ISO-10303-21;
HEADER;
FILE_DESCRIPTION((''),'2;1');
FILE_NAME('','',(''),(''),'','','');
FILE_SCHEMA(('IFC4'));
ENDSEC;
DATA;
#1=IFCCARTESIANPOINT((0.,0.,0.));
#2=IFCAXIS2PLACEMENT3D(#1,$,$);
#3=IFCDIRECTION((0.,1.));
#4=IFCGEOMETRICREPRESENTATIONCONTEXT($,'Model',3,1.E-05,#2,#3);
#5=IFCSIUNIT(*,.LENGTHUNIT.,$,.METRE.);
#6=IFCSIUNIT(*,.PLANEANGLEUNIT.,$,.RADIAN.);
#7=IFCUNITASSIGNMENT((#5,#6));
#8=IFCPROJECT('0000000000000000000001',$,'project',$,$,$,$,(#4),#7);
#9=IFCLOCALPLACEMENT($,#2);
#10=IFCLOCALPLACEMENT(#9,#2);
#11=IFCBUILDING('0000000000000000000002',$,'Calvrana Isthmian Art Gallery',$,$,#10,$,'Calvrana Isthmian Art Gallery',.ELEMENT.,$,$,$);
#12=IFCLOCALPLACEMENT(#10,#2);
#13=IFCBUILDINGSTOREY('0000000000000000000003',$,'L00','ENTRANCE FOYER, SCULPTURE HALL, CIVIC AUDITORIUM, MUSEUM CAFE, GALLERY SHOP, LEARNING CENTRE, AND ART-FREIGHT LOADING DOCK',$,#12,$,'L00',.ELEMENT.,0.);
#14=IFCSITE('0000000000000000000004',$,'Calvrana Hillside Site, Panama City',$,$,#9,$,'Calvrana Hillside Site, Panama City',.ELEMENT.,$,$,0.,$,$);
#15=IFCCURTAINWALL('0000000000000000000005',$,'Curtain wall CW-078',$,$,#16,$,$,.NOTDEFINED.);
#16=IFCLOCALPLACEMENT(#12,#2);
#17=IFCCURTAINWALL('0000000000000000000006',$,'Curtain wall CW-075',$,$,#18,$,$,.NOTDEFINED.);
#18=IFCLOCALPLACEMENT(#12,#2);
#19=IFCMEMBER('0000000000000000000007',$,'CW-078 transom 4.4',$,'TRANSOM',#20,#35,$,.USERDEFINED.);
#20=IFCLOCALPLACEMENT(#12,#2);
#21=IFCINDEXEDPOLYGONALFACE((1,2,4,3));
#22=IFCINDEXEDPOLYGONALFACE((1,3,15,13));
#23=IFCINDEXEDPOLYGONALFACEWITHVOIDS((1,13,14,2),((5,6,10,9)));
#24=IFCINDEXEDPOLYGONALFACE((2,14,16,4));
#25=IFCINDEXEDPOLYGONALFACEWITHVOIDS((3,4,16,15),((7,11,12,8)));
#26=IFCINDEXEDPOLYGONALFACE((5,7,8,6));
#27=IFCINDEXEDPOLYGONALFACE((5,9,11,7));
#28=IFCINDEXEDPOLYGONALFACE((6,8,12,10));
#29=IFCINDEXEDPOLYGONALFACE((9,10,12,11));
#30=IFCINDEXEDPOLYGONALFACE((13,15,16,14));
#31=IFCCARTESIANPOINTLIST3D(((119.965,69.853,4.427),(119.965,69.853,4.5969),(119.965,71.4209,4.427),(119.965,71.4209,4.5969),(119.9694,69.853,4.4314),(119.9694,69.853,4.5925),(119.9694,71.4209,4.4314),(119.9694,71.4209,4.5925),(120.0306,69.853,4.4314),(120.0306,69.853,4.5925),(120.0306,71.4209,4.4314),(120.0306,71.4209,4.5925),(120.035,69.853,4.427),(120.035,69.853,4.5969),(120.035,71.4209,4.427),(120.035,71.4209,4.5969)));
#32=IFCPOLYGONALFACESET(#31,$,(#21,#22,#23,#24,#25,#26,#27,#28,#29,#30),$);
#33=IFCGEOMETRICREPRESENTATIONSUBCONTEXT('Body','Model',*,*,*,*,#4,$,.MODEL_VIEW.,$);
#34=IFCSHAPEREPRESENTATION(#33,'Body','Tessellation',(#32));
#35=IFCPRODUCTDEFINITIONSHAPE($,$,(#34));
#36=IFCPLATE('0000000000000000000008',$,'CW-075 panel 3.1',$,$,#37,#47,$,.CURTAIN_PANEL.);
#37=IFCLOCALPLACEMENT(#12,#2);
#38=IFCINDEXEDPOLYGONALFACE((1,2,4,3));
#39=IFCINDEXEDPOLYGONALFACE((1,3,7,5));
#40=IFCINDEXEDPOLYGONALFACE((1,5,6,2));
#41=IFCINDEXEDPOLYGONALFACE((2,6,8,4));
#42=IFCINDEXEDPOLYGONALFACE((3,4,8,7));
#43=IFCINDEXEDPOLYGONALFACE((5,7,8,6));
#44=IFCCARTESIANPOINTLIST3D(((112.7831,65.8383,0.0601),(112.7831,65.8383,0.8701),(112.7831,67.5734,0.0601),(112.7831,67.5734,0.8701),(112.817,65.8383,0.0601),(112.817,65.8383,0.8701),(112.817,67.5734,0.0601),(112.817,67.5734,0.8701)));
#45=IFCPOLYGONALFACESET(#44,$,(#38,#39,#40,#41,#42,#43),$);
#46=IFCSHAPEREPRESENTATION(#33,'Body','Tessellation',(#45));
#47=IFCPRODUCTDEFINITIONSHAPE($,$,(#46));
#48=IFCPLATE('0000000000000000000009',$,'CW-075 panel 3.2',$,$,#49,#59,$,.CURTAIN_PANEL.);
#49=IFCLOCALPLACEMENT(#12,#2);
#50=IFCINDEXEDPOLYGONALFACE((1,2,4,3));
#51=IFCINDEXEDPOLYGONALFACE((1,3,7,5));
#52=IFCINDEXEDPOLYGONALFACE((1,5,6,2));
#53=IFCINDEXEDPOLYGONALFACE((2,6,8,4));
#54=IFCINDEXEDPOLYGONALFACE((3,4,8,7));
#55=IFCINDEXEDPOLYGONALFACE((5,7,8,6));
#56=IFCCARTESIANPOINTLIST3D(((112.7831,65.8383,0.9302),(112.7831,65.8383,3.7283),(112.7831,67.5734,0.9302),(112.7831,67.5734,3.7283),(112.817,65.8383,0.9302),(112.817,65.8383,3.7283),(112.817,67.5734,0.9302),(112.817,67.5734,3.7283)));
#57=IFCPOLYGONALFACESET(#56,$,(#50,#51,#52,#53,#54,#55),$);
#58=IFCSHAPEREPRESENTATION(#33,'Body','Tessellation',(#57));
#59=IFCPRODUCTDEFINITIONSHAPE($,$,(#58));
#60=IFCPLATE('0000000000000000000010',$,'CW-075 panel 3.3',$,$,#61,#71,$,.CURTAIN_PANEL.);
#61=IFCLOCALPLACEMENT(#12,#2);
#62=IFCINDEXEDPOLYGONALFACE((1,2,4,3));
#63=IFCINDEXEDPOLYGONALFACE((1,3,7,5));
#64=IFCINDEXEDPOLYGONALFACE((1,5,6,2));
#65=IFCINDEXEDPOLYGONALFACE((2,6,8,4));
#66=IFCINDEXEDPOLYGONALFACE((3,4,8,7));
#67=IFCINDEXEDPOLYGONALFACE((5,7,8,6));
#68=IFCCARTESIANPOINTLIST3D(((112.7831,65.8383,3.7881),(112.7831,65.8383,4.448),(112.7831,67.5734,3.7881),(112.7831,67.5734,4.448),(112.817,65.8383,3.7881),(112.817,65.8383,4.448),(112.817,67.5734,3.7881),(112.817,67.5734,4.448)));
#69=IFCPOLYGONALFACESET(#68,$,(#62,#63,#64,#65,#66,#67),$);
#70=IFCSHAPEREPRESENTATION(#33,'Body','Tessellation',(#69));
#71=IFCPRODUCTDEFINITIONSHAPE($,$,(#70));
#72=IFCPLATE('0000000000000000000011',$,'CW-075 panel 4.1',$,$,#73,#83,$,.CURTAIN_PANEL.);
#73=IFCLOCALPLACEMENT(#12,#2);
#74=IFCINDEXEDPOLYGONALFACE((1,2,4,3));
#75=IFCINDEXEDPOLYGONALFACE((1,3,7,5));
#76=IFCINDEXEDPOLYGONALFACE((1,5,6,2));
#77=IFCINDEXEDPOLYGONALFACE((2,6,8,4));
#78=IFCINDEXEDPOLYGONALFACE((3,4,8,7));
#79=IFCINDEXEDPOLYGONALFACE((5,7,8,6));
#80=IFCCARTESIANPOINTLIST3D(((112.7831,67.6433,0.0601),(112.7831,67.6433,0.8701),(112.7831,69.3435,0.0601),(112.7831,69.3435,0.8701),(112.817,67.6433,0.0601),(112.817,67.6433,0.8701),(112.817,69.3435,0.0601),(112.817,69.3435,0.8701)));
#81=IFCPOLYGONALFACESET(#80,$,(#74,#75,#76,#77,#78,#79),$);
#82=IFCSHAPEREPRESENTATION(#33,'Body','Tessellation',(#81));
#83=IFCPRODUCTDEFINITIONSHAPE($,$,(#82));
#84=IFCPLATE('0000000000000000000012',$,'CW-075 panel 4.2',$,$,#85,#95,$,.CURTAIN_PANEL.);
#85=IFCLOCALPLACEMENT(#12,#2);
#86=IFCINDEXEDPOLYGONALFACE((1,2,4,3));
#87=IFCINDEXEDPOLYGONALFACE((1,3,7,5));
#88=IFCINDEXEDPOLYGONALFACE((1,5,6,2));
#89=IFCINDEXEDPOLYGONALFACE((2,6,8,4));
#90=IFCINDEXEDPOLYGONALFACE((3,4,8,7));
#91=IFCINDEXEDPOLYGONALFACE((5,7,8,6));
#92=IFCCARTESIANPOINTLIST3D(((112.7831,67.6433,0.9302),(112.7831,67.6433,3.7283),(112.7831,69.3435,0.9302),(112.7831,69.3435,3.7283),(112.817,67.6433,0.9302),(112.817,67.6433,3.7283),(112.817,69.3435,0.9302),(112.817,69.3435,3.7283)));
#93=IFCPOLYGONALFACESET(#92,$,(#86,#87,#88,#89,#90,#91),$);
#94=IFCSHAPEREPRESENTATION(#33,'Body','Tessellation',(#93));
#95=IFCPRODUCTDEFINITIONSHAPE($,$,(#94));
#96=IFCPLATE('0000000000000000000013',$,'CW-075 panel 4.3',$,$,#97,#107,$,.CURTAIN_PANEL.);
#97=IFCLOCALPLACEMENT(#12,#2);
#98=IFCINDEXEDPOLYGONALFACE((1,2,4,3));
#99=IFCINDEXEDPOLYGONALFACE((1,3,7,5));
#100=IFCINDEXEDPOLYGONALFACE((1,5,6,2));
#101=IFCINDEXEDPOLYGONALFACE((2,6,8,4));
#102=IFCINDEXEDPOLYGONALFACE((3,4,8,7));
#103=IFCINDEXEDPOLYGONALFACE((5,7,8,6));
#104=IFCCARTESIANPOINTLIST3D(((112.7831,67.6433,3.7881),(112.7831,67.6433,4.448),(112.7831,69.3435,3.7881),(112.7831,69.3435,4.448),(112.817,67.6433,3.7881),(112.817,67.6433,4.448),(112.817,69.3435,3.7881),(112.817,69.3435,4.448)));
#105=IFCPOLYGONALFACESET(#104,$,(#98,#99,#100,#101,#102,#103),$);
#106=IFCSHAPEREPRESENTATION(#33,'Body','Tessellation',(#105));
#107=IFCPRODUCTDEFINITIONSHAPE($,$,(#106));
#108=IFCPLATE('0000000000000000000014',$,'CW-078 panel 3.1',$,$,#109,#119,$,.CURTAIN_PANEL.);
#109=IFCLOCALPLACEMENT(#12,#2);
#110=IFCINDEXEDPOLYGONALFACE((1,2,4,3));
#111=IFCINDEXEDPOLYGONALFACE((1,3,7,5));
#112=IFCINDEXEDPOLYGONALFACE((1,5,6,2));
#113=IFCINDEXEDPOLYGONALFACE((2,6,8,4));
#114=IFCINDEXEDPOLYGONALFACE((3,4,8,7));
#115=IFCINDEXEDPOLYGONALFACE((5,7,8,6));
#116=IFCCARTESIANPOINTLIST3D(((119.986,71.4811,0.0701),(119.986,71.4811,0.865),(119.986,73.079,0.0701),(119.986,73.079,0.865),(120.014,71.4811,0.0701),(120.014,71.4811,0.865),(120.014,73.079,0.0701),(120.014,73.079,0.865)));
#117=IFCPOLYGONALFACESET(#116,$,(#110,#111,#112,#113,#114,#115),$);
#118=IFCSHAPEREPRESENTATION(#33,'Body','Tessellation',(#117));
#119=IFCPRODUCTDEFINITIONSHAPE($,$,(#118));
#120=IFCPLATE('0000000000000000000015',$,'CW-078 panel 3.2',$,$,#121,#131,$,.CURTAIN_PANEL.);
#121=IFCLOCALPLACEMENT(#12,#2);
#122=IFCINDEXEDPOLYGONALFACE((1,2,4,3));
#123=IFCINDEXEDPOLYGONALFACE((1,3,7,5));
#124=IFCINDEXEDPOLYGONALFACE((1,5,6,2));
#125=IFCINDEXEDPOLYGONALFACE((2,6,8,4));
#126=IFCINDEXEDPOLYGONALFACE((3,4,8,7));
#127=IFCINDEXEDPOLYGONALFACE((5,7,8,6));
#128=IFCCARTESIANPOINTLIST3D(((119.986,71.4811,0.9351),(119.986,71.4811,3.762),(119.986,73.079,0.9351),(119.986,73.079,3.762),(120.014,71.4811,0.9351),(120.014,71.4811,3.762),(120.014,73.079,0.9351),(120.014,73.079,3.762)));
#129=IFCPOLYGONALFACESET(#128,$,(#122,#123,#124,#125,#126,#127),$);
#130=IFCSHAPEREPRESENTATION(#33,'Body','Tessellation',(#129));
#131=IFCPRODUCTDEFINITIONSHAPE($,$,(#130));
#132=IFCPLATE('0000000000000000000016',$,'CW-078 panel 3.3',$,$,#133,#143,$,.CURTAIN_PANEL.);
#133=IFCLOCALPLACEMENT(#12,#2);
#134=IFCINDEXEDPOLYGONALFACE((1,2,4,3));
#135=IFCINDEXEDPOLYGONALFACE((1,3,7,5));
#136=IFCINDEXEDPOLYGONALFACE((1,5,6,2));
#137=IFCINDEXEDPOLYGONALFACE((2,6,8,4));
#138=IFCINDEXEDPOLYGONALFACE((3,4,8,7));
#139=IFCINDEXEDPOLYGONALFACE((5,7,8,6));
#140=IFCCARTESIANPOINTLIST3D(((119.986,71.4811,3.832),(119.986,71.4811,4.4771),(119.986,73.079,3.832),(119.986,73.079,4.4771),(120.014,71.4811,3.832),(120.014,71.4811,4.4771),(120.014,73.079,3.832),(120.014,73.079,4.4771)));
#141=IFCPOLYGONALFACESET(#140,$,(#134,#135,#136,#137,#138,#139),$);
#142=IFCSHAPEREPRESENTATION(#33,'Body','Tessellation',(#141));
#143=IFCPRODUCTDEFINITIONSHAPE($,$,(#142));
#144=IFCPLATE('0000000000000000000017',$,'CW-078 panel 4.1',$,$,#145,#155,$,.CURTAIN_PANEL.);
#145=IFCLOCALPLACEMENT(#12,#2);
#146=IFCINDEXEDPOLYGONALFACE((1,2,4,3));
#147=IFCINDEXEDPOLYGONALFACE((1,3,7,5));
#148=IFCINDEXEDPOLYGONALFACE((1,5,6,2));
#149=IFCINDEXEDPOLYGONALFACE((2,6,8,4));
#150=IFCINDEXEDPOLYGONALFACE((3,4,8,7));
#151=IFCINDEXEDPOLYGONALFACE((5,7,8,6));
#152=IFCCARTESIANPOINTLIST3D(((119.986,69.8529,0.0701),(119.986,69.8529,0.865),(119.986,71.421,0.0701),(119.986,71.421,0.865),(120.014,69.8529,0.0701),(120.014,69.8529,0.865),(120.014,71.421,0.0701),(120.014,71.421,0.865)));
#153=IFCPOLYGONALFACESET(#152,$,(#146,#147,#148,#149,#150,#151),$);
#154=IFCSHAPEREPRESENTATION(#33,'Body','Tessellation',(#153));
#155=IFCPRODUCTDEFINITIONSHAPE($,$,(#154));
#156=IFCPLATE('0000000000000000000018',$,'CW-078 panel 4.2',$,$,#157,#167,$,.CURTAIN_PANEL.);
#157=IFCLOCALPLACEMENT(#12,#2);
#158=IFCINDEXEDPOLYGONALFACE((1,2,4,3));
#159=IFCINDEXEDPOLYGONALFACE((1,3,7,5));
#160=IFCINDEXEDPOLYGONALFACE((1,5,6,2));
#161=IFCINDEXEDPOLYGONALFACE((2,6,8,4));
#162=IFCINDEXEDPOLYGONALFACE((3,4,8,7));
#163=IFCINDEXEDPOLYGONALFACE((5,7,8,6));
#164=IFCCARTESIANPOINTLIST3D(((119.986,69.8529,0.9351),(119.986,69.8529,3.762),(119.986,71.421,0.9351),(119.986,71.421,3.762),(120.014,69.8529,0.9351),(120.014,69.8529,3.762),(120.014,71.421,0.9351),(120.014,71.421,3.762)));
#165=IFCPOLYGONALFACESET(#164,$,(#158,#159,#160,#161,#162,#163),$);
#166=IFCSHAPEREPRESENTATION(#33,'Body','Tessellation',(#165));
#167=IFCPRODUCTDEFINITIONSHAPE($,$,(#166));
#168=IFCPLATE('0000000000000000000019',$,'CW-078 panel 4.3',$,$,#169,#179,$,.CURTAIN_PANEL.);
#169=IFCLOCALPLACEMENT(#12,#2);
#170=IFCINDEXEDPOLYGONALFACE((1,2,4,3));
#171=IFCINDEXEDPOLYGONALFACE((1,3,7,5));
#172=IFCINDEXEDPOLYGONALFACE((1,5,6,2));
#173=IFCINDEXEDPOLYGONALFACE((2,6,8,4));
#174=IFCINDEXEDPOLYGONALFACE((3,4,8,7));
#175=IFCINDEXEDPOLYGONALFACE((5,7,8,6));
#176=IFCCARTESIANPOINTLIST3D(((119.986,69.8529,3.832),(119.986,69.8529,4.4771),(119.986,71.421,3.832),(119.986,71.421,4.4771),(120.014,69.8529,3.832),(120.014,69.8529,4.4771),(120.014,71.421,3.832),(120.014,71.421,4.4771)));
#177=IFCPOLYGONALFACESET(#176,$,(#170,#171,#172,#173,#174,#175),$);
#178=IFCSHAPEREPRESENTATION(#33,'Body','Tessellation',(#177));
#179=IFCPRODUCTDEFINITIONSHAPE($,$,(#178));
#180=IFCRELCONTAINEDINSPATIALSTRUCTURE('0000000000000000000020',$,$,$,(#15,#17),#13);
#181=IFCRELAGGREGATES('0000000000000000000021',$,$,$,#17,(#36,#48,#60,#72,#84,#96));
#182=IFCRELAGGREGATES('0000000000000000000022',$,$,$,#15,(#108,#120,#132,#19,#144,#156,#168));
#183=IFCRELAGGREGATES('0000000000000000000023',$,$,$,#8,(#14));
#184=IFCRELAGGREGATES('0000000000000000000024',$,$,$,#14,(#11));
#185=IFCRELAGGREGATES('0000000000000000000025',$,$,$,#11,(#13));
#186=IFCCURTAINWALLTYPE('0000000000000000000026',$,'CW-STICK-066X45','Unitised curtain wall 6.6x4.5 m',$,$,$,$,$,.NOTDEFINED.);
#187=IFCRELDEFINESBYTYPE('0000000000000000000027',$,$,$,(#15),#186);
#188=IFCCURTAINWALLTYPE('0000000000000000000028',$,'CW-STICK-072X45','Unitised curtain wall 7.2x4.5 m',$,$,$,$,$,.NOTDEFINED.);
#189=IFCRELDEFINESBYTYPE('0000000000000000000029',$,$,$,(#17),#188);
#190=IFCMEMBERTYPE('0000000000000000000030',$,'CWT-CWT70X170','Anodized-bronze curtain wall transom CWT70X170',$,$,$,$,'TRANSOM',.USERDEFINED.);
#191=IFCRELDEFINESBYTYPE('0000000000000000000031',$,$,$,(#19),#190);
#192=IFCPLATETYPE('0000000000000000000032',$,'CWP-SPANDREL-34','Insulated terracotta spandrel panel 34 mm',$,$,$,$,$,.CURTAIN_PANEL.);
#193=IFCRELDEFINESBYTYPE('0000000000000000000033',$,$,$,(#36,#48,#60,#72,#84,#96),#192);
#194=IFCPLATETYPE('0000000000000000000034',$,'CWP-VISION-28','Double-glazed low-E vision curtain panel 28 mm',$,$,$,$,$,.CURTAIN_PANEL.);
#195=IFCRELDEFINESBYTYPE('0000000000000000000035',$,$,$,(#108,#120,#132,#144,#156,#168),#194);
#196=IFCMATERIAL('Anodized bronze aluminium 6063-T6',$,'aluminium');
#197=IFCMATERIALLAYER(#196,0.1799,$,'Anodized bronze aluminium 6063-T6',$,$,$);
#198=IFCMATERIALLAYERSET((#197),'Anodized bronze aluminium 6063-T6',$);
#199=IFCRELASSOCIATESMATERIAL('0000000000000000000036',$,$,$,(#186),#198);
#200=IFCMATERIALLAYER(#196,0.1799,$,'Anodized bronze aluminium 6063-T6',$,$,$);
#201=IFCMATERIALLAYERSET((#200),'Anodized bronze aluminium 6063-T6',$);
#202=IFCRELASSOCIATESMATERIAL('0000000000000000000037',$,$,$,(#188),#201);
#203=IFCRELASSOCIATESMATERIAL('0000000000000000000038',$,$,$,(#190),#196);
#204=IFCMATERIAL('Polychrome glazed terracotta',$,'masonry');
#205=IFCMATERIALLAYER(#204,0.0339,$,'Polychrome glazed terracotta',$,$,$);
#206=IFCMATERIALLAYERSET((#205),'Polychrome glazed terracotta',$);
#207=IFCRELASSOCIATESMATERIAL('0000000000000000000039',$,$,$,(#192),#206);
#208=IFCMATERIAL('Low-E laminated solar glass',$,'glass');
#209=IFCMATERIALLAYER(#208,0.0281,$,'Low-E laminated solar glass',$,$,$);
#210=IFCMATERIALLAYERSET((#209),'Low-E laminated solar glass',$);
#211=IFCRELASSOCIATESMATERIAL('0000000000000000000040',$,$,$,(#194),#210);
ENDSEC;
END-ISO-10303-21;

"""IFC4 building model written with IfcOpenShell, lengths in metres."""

from ifc_helpers import new_model, si_unit, direction, frame, origin, origin_2d, place, context, subcontext, project, spatial, rectangle, hollow_rectangle, extrude, material, layer, layer_set, material_profile, profile_set, type_object, element, aggregate, save


model = new_model("IFC4")

# Units and contexts
model_context = context("Model", 3, precision=1e-05, world=origin(), true_north=direction((0.0, 1.0)))
body_context = subcontext(model_context, "Body", "Model", "MODEL_VIEW")
ifc_project = project(units=[si_unit("LENGTHUNIT", "METRE"), si_unit("PLANEANGLEUNIT", "RADIAN")], contexts=[model_context])

# Site, building, storey
site_placement = place(None, origin())
site = spatial("IfcSite", under=ifc_project, at=site_placement, Name="Calvrana Hillside Site, Panama City", LongName="Calvrana Hillside Site, Panama City", CompositionType="ELEMENT", RefElevation=0.0)
building_placement = place(site_placement, origin())
building = spatial("IfcBuilding", under=site, at=building_placement, Name="Calvrana Isthmian Art Gallery", LongName="Calvrana Isthmian Art Gallery", CompositionType="ELEMENT")
storey_placement = place(building_placement, origin())
storey = spatial("IfcBuildingStorey", under=building, at=storey_placement, Name="L00", Description="ENTRANCE FOYER, SCULPTURE HALL, CIVIC AUDITORIUM, MUSEUM CAFE, GALLERY SHOP, LEARNING CENTRE, AND ART-FREIGHT LOADING DOCK", LongName="L00", CompositionType="ELEMENT", Elevation=0.0)

# Curtain walls
ifc_material_1 = material(Name="Anodized bronze aluminium 6063-T6", Category="aluminium")
ifc_layer_1 = layer(ifc_material_1, 0.1799, Name="Anodized bronze aluminium 6063-T6")
ifc_layer_set_1 = layer_set([ifc_layer_1], Name="Anodized bronze aluminium 6063-T6")
curtain_wall_type_1 = type_object("IfcCurtainWallType", Name="CW-STICK-066X45", Description="Unitised curtain wall 6.6x4.5 m", PredefinedType="NOTDEFINED", material=ifc_layer_set_1)
curtain_wall_1_placement = place(storey_placement, origin())
curtain_wall_1 = element("IfcCurtainWall", 1, at=curtain_wall_1_placement, inside=storey, type_object=curtain_wall_type_1, Name="Curtain wall CW-078", PredefinedType="NOTDEFINED")
ifc_layer_2 = layer(ifc_material_1, 0.1799, Name="Anodized bronze aluminium 6063-T6")
ifc_layer_set_2 = layer_set([ifc_layer_2], Name="Anodized bronze aluminium 6063-T6")
curtain_wall_type_2 = type_object("IfcCurtainWallType", Name="CW-STICK-072X45", Description="Unitised curtain wall 7.2x4.5 m", PredefinedType="NOTDEFINED", material=ifc_layer_set_2)
curtain_wall_2_placement = place(storey_placement, origin())
curtain_wall_2 = element("IfcCurtainWall", 2, at=curtain_wall_2_placement, inside=storey, type_object=curtain_wall_type_2, Name="Curtain wall CW-075", PredefinedType="NOTDEFINED")

# Member
ifc_material_profile_1 = material_profile(ifc_material_1, hollow_rectangle(XDim=0.0701, YDim=0.1699, WallThickness=0.0044, at=origin_2d()), Name="CWT70X170")
ifc_profile_set_1 = profile_set([ifc_material_profile_1], Name="Anodized bronze aluminium 6063-T6")
member_type_1 = type_object("IfcMemberType", Name="CWT-CWT70X170", Description="Anodized-bronze curtain wall transom CWT70X170", ElementType="TRANSOM", PredefinedType="USERDEFINED", material=ifc_profile_set_1)
member_1_placement = place(storey_placement, frame((120.0, 71.4209, 4.512), z_axis=(0.0, -1.0, 0.0), x_axis=(1.0, 0.0, 0.0)))
member_1 = element("IfcMember", 3, at=member_1_placement, type_object=member_type_1, Name="CW-078 transom 4.4", ObjectType="TRANSOM", PredefinedType="USERDEFINED", context=body_context, shape_type="SweptSolid", body=[
    extrude(hollow_rectangle(XDim=0.0701, YDim=0.1699, WallThickness=0.0044, at=origin_2d()), origin(), (0.0, 0.0, 1.0), 1.5679),
])

# Plates
ifc_material_2 = material(Name="Polychrome glazed terracotta", Category="masonry")
ifc_layer_3 = layer(ifc_material_2, 0.0339, Name="Polychrome glazed terracotta")
ifc_layer_set_3 = layer_set([ifc_layer_3], Name="Polychrome glazed terracotta")
plate_type_1 = type_object("IfcPlateType", Name="CWP-SPANDREL-34", Description="Insulated terracotta spandrel panel 34 mm", PredefinedType="CURTAIN_PANEL", material=ifc_layer_set_3)
plate_1_placement = place(storey_placement, frame((112.8, 66.7058, 0.0601), z_axis=(0.0, 0.0, 1.0), x_axis=(0.0, 1.0, 0.0)))
plate_1 = element("IfcPlate", 4, at=plate_1_placement, type_object=plate_type_1, Name="CW-075 panel 3.1", PredefinedType="CURTAIN_PANEL", context=body_context, shape_type="SweptSolid", body=[
    extrude(rectangle(XDim=1.7351, YDim=0.0339, at=origin_2d()), origin(), (0.0, 0.0, 1.0), 0.8101),
])
plate_2_placement = place(storey_placement, frame((112.8, 66.7058, 0.9302), z_axis=(0.0, 0.0, 1.0), x_axis=(0.0, 1.0, 0.0)))
plate_2 = element("IfcPlate", 5, at=plate_2_placement, type_object=plate_type_1, Name="CW-075 panel 3.2", PredefinedType="CURTAIN_PANEL", context=body_context, shape_type="SweptSolid", body=[
    extrude(rectangle(XDim=1.7351, YDim=0.0339, at=origin_2d()), origin(), (0.0, 0.0, 1.0), 2.7981),
])
plate_3_placement = place(storey_placement, frame((112.8, 66.7058, 3.7881), z_axis=(0.0, 0.0, 1.0), x_axis=(0.0, 1.0, 0.0)))
plate_3 = element("IfcPlate", 6, at=plate_3_placement, type_object=plate_type_1, Name="CW-075 panel 3.3", PredefinedType="CURTAIN_PANEL", context=body_context, shape_type="SweptSolid", body=[
    extrude(rectangle(XDim=1.7351, YDim=0.0339, at=origin_2d()), origin(), (0.0, 0.0, 1.0), 0.6599),
])
plate_4_placement = place(storey_placement, frame((112.8, 68.4934, 0.0601), z_axis=(0.0, 0.0, 1.0), x_axis=(0.0, 1.0, 0.0)))
plate_4 = element("IfcPlate", 7, at=plate_4_placement, type_object=plate_type_1, Name="CW-075 panel 4.1", PredefinedType="CURTAIN_PANEL", context=body_context, shape_type="SweptSolid", body=[
    extrude(rectangle(XDim=1.7002, YDim=0.0339, at=origin_2d()), origin(), (0.0, 0.0, 1.0), 0.8101),
])
plate_5_placement = place(storey_placement, frame((112.8, 68.4934, 0.9302), z_axis=(0.0, 0.0, 1.0), x_axis=(0.0, 1.0, 0.0)))
plate_5 = element("IfcPlate", 8, at=plate_5_placement, type_object=plate_type_1, Name="CW-075 panel 4.2", PredefinedType="CURTAIN_PANEL", context=body_context, shape_type="SweptSolid", body=[
    extrude(rectangle(XDim=1.7002, YDim=0.0339, at=origin_2d()), origin(), (0.0, 0.0, 1.0), 2.7981),
])
plate_6_placement = place(storey_placement, frame((112.8, 68.4934, 3.7881), z_axis=(0.0, 0.0, 1.0), x_axis=(0.0, 1.0, 0.0)))
plate_6 = element("IfcPlate", 9, at=plate_6_placement, type_object=plate_type_1, Name="CW-075 panel 4.3", PredefinedType="CURTAIN_PANEL", context=body_context, shape_type="SweptSolid", body=[
    extrude(rectangle(XDim=1.7002, YDim=0.0339, at=origin_2d()), origin(), (0.0, 0.0, 1.0), 0.6599),
])
aggregate(curtain_wall_2, [plate_1, plate_2, plate_3, plate_4, plate_5, plate_6])
ifc_material_3 = material(Name="Low-E laminated solar glass", Category="glass")
ifc_layer_4 = layer(ifc_material_3, 0.0281, Name="Low-E laminated solar glass")
ifc_layer_set_4 = layer_set([ifc_layer_4], Name="Low-E laminated solar glass")
plate_type_2 = type_object("IfcPlateType", Name="CWP-VISION-28", Description="Double-glazed low-E vision curtain panel 28 mm", PredefinedType="CURTAIN_PANEL", material=ifc_layer_set_4)
plate_7_placement = place(storey_placement, frame((120.0, 72.28, 0.0701), z_axis=(0.0, 0.0, 1.0), x_axis=(0.0, -1.0, 0.0)))
plate_7 = element("IfcPlate", 10, at=plate_7_placement, type_object=plate_type_2, Name="CW-078 panel 3.1", PredefinedType="CURTAIN_PANEL", context=body_context, shape_type="SweptSolid", body=[
    extrude(rectangle(XDim=1.5979, YDim=0.0281, at=origin_2d()), origin(), (0.0, 0.0, 1.0), 0.7949),
])
plate_8_placement = place(storey_placement, frame((120.0, 72.28, 0.9351), z_axis=(0.0, 0.0, 1.0), x_axis=(0.0, -1.0, 0.0)))
plate_8 = element("IfcPlate", 11, at=plate_8_placement, type_object=plate_type_2, Name="CW-078 panel 3.2", PredefinedType="CURTAIN_PANEL", context=body_context, shape_type="SweptSolid", body=[
    extrude(rectangle(XDim=1.5979, YDim=0.0281, at=origin_2d()), origin(), (0.0, 0.0, 1.0), 2.8269),
])
plate_9_placement = place(storey_placement, frame((120.0, 72.28, 3.832), z_axis=(0.0, 0.0, 1.0), x_axis=(0.0, -1.0, 0.0)))
plate_9 = element("IfcPlate", 12, at=plate_9_placement, type_object=plate_type_2, Name="CW-078 panel 3.3", PredefinedType="CURTAIN_PANEL", context=body_context, shape_type="SweptSolid", body=[
    extrude(rectangle(XDim=1.5979, YDim=0.0281, at=origin_2d()), origin(), (0.0, 0.0, 1.0), 0.645),
])
plate_10_placement = place(storey_placement, frame((120.0, 70.637, 0.0701), z_axis=(0.0, 0.0, 1.0), x_axis=(0.0, -1.0, 0.0)))
plate_10 = element("IfcPlate", 13, at=plate_10_placement, type_object=plate_type_2, Name="CW-078 panel 4.1", PredefinedType="CURTAIN_PANEL", context=body_context, shape_type="SweptSolid", body=[
    extrude(rectangle(XDim=1.5681, YDim=0.0281, at=origin_2d()), origin(), (0.0, 0.0, 1.0), 0.7949),
])
plate_11_placement = place(storey_placement, frame((120.0, 70.637, 0.9351), z_axis=(0.0, 0.0, 1.0), x_axis=(0.0, -1.0, 0.0)))
plate_11 = element("IfcPlate", 14, at=plate_11_placement, type_object=plate_type_2, Name="CW-078 panel 4.2", PredefinedType="CURTAIN_PANEL", context=body_context, shape_type="SweptSolid", body=[
    extrude(rectangle(XDim=1.5681, YDim=0.0281, at=origin_2d()), origin(), (0.0, 0.0, 1.0), 2.8269),
])
plate_12_placement = place(storey_placement, frame((120.0, 70.637, 3.832), z_axis=(0.0, 0.0, 1.0), x_axis=(0.0, -1.0, 0.0)))
plate_12 = element("IfcPlate", 15, at=plate_12_placement, type_object=plate_type_2, Name="CW-078 panel 4.3", PredefinedType="CURTAIN_PANEL", context=body_context, shape_type="SweptSolid", body=[
    extrude(rectangle(XDim=1.5681, YDim=0.0281, at=origin_2d()), origin(), (0.0, 0.0, 1.0), 0.645),
])
aggregate(curtain_wall_1, [plate_7, plate_8, plate_9, member_1, plate_10, plate_11, plate_12])

save(model, "model.ifc")
